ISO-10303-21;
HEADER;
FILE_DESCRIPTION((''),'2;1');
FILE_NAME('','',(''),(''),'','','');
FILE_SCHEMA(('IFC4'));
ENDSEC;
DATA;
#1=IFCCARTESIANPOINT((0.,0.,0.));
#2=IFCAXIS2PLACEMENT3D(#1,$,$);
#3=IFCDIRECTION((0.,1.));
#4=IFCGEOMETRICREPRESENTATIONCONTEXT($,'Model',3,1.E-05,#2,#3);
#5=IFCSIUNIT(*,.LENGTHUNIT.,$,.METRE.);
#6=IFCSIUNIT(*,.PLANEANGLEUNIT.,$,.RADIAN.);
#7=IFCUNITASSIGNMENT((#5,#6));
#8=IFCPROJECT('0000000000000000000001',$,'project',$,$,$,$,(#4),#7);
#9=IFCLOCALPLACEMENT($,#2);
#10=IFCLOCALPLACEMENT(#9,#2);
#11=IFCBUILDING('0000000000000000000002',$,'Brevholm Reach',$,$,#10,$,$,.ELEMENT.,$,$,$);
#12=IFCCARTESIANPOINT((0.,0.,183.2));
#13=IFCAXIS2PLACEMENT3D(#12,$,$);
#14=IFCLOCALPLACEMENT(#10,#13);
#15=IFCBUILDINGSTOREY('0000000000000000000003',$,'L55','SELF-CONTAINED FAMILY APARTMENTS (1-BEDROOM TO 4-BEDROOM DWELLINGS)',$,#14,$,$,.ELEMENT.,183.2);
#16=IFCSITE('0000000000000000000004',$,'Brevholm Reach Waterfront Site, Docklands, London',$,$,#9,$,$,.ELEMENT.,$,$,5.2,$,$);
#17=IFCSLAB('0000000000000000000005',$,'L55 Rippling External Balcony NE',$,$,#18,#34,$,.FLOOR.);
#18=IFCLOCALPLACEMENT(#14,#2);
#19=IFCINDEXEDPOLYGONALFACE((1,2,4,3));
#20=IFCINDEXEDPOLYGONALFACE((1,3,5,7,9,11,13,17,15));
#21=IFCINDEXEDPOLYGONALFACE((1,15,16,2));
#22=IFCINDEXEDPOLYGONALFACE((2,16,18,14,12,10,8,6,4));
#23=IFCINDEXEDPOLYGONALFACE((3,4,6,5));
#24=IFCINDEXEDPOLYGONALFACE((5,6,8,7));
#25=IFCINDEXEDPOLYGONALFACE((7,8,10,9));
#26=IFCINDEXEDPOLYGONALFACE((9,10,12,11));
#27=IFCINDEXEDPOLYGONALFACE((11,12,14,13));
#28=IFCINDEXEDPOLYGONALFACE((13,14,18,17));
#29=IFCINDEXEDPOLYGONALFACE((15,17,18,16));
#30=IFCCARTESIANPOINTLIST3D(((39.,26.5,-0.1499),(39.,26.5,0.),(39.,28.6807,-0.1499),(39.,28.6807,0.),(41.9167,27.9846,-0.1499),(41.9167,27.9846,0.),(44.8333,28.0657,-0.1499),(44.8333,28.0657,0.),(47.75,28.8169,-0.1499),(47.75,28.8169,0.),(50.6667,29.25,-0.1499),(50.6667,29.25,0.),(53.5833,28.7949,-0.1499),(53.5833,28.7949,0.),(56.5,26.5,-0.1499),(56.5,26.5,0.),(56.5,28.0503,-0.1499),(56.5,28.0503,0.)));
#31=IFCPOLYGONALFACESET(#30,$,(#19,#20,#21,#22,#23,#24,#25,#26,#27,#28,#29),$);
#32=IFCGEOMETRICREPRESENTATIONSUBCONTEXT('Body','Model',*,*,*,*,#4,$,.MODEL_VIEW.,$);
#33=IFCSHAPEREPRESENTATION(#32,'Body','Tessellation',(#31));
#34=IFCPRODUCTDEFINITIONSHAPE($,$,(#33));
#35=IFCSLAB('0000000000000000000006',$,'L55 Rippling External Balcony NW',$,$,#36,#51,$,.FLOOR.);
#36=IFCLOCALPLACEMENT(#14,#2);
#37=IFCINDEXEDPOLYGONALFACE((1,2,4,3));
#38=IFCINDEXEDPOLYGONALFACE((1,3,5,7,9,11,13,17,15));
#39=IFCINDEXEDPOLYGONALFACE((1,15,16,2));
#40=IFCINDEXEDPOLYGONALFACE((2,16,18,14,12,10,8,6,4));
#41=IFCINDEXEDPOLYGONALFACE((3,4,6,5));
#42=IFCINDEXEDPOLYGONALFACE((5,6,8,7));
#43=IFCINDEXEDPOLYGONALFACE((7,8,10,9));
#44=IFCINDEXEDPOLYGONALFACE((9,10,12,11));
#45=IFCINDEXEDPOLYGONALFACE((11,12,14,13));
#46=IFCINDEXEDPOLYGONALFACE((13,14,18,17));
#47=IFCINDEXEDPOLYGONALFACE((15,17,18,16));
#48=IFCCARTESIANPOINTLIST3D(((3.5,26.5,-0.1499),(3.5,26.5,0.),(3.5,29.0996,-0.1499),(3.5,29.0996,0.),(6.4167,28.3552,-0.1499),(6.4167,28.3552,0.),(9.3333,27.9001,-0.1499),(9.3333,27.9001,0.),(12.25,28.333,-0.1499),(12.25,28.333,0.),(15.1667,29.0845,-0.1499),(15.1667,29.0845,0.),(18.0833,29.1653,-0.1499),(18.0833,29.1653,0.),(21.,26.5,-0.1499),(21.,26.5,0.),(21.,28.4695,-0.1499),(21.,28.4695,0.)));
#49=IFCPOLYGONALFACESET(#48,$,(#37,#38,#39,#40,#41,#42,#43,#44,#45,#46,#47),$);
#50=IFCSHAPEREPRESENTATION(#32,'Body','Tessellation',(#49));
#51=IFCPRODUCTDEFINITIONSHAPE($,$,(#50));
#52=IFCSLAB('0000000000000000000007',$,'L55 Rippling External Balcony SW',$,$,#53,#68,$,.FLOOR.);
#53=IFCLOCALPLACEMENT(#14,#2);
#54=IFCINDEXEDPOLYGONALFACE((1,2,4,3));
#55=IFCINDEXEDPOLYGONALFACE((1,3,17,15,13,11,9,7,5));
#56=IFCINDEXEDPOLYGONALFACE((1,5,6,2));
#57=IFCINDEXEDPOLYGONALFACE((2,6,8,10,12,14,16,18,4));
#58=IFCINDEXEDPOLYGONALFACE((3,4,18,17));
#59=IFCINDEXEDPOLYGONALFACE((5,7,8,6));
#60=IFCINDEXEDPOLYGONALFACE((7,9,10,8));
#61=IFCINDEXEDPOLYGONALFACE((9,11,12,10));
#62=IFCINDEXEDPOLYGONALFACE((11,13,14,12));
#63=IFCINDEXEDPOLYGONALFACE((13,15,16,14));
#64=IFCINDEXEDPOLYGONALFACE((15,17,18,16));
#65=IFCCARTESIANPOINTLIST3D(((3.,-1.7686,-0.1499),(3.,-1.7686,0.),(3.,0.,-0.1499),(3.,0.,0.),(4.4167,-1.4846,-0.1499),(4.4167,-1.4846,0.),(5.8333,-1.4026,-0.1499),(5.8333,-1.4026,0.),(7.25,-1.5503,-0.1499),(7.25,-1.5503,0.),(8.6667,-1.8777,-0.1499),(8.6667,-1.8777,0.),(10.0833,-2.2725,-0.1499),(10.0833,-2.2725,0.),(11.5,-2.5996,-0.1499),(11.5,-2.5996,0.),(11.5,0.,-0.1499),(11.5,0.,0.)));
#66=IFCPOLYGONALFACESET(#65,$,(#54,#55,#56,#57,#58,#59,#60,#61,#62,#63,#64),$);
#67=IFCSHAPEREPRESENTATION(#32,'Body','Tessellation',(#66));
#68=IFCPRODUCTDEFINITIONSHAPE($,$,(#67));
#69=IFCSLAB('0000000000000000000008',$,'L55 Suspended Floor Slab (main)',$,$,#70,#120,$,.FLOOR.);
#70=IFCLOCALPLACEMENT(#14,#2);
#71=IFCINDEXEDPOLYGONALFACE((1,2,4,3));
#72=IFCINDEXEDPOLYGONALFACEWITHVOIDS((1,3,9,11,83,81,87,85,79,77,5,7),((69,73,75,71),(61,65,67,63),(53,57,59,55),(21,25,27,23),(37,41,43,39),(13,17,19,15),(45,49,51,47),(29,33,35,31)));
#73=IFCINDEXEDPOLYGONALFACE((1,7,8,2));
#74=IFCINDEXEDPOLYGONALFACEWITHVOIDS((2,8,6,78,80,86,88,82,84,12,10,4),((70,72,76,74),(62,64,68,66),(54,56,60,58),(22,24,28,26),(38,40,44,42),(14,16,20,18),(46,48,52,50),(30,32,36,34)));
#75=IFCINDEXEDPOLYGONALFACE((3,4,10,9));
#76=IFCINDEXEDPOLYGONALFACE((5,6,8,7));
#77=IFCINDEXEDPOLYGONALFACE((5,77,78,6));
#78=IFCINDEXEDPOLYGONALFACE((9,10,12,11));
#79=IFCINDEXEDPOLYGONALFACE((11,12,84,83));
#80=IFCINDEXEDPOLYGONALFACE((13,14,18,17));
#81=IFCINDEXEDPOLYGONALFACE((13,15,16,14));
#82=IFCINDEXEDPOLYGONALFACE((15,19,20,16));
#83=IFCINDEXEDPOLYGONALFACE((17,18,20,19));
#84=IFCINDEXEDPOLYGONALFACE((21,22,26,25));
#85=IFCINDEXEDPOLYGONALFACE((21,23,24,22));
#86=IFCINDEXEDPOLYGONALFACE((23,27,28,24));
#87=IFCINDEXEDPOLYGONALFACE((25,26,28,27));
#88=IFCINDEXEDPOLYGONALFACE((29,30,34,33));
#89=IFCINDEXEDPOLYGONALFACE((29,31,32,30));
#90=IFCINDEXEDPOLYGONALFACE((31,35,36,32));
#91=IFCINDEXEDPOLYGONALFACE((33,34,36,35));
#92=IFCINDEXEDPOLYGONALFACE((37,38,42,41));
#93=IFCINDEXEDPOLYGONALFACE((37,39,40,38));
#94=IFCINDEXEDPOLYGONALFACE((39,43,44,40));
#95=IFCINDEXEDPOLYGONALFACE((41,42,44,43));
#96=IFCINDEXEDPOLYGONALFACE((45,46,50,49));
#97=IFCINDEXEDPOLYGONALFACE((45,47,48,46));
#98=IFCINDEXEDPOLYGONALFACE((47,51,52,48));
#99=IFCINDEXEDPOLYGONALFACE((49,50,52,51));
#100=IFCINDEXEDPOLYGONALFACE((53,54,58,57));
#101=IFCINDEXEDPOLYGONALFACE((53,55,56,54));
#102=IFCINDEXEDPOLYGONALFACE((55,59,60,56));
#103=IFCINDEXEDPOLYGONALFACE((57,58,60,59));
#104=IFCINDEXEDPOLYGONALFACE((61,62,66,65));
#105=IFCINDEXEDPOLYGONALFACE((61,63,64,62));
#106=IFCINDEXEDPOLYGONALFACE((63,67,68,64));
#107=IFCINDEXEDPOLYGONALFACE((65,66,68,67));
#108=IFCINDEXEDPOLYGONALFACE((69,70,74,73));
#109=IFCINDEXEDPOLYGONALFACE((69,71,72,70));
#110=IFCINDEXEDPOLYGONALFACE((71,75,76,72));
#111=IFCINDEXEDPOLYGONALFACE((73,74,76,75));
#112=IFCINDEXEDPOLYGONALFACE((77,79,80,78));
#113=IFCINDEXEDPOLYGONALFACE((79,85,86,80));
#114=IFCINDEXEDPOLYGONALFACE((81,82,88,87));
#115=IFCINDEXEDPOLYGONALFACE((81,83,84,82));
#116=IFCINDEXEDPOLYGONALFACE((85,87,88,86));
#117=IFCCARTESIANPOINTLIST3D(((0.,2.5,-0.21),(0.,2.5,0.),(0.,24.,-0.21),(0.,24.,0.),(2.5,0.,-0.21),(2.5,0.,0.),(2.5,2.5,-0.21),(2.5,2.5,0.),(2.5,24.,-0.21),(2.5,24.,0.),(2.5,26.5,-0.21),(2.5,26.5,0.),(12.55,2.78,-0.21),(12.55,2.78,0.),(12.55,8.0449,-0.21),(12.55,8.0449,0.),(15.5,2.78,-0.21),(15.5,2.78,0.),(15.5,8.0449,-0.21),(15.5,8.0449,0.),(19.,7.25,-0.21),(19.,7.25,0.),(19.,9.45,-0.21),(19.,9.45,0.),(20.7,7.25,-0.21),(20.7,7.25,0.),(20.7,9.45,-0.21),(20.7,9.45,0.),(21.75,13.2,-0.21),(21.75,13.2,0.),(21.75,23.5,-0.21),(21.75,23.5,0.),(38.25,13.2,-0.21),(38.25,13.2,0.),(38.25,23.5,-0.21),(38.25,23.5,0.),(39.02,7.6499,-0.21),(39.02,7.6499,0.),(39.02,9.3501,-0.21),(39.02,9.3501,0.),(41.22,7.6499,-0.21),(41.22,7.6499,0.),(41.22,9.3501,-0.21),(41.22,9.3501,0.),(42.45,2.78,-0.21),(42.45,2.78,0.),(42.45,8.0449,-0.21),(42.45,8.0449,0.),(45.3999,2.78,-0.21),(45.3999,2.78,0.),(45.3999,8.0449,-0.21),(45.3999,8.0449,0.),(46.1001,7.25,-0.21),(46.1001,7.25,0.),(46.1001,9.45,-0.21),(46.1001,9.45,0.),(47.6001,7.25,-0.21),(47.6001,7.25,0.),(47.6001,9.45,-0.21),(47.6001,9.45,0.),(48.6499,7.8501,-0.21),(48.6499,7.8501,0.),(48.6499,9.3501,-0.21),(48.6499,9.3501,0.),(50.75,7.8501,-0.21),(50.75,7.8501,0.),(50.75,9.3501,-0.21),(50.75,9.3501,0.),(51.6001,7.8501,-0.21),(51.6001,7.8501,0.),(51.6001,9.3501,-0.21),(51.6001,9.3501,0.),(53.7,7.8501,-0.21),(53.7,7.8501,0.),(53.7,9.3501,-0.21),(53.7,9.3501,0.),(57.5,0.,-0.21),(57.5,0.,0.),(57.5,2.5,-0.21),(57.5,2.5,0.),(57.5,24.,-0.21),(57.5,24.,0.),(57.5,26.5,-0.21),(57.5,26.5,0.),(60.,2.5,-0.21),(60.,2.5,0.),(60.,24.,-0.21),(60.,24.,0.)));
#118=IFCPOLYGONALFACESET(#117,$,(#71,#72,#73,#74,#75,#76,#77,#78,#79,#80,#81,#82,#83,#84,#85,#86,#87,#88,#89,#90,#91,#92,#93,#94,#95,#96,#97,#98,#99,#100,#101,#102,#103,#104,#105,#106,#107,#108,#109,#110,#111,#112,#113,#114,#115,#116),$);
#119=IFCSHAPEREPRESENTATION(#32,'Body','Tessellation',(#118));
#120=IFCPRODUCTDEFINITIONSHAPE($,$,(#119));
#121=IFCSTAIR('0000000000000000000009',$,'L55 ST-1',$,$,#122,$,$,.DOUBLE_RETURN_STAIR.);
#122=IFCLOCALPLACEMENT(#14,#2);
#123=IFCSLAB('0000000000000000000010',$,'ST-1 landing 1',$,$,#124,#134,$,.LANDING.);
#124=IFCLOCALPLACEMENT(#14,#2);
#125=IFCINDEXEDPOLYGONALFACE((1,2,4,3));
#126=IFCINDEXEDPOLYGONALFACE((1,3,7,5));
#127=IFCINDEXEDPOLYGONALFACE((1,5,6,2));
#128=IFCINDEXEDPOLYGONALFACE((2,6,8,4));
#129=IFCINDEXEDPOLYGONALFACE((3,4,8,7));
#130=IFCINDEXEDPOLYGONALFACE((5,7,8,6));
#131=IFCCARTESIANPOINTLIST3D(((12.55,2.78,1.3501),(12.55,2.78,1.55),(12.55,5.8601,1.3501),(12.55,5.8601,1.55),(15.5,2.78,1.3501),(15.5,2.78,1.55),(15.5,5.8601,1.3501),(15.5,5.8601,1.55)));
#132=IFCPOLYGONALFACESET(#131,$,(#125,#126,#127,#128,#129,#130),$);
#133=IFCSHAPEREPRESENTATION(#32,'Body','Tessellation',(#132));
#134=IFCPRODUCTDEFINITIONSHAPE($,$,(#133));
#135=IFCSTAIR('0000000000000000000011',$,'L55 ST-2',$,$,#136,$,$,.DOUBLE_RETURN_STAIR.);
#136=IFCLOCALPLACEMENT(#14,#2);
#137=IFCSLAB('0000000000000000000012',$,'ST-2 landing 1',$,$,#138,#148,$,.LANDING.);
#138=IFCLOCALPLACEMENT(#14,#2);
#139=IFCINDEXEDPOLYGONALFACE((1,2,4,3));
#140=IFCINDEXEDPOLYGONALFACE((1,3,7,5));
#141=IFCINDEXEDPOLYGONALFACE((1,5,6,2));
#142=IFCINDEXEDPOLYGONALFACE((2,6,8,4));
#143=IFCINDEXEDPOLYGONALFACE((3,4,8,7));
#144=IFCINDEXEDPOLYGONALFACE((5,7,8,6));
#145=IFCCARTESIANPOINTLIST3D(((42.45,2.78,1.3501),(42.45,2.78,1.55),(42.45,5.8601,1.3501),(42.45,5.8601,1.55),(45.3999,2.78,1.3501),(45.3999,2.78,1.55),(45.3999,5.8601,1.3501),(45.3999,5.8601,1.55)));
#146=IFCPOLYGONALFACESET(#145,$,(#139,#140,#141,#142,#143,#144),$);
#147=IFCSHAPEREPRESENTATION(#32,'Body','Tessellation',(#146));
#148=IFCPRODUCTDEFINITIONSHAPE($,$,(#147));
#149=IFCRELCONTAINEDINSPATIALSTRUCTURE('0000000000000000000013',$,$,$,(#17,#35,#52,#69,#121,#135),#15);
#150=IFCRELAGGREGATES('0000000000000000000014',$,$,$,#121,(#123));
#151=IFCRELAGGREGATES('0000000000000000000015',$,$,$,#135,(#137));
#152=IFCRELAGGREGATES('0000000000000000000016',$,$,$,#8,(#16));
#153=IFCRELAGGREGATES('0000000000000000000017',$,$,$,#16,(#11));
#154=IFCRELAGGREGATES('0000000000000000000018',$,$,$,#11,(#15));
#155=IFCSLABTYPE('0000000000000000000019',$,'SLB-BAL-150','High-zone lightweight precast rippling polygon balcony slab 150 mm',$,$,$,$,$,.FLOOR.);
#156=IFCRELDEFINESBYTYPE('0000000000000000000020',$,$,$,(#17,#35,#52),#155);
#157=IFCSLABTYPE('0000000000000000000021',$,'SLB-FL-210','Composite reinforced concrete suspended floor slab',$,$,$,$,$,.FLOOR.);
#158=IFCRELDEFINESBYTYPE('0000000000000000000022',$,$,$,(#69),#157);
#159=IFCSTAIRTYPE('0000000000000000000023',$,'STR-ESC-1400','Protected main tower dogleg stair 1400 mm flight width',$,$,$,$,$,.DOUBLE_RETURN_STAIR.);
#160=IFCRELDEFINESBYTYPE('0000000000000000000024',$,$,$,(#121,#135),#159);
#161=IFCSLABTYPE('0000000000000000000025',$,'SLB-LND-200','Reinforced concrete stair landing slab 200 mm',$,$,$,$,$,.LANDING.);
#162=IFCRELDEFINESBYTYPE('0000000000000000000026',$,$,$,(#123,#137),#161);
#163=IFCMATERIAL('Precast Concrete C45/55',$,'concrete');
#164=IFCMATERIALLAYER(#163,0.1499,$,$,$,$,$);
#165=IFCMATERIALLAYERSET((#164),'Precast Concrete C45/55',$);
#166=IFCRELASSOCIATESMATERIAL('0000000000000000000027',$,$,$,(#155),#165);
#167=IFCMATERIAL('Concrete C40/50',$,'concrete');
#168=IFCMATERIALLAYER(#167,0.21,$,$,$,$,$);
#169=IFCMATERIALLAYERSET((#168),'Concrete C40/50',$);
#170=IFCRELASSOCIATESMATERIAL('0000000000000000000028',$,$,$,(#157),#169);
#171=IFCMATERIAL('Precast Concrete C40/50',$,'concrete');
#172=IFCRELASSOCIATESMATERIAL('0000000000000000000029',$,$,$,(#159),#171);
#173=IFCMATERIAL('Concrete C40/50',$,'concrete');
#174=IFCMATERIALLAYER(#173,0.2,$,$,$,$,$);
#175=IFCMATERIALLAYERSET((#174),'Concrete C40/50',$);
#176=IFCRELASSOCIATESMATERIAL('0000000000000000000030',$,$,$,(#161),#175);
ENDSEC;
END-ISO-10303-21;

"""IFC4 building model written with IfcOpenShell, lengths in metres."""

from ifc_helpers import new_model, si_unit, direction, frame, origin, place, context, subcontext, project, spatial, polyline, outline, extrude, material, layer, layer_set, type_object, element, aggregate, save


model = new_model("IFC4")

# Units and contexts
model_context = context("Model", 3, precision=1e-05, world=origin(), true_north=direction((0.0, 1.0)))
body_context = subcontext(model_context, "Body", "Model", "MODEL_VIEW")
ifc_project = project(units=[si_unit("LENGTHUNIT", "METRE"), si_unit("PLANEANGLEUNIT", "RADIAN")], contexts=[model_context])

# Site, building, storey
site_placement = place(None, origin())
site = spatial("IfcSite", under=ifc_project, at=site_placement, Name="Brevholm Reach Waterfront Site, Docklands, London", CompositionType="ELEMENT", RefElevation=5.2)
building_placement = place(site_placement, origin())
building = spatial("IfcBuilding", under=site, at=building_placement, Name="Brevholm Reach", CompositionType="ELEMENT")
storey_placement = place(building_placement, frame((0.0, 0.0, 183.2)))
storey = spatial("IfcBuildingStorey", under=building, at=storey_placement, Name="L55", Description="SELF-CONTAINED FAMILY APARTMENTS (1-BEDROOM TO 4-BEDROOM DWELLINGS)", CompositionType="ELEMENT", Elevation=183.2)

# Slabs
ifc_material_1 = material(Name="Precast Concrete C45/55", Category="concrete")
ifc_layer_1 = layer(ifc_material_1, 0.1499)
ifc_layer_set_1 = layer_set([ifc_layer_1], Name="Precast Concrete C45/55")
slab_type_1 = type_object("IfcSlabType", Name="SLB-BAL-150", Description="High-zone lightweight precast rippling polygon balcony slab 150 mm", PredefinedType="FLOOR", material=ifc_layer_set_1)
slab_1_placement = place(storey_placement, frame((0.0, 0.0, -0.1499)))
element("IfcSlab", 1, at=slab_1_placement, inside=storey, type_object=slab_type_1, Name="L55 Rippling External Balcony NE", PredefinedType="FLOOR", context=body_context, shape_type="SweptSolid", body=[
    extrude(outline(polyline([(39.0, 26.5), (56.5, 26.5), (56.5, 28.0503), (53.5833, 28.7949), (50.6667, 29.25), (47.75, 28.8169), (44.8333, 28.0657), (41.9167, 27.9846), (39.0, 28.6807), (39.0, 26.5)])), origin(), (0.0, 0.0, 1.0), 0.1499),
])
slab_2_placement = place(storey_placement, frame((0.0, 0.0, -0.1499)))
element("IfcSlab", 2, at=slab_2_placement, inside=storey, type_object=slab_type_1, Name="L55 Rippling External Balcony NW", PredefinedType="FLOOR", context=body_context, shape_type="SweptSolid", body=[
    extrude(outline(polyline([(3.5, 26.5), (21.0, 26.5), (21.0, 28.4695), (18.0833, 29.1653), (15.1667, 29.0845), (12.25, 28.333), (9.3333, 27.9001), (6.4167, 28.3552), (3.5, 29.0996), (3.5, 26.5)])), origin(), (0.0, 0.0, 1.0), 0.1499),
])
slab_3_placement = place(storey_placement, frame((0.0, 0.0, -0.1499)))
element("IfcSlab", 3, at=slab_3_placement, inside=storey, type_object=slab_type_1, Name="L55 Rippling External Balcony SW", PredefinedType="FLOOR", context=body_context, shape_type="SweptSolid", body=[
    extrude(outline(polyline([(3.0, -1.7686), (4.4167, -1.4846), (5.8333, -1.4026), (7.25, -1.5503), (8.6667, -1.8777), (10.0833, -2.2725), (11.5, -2.5996), (11.5, 0.0), (3.0, 0.0), (3.0, -1.7686)])), origin(), (0.0, 0.0, 1.0), 0.1499),
])
ifc_material_2 = material(Name="Concrete C40/50", Category="concrete")
ifc_layer_2 = layer(ifc_material_2, 0.21)
ifc_layer_set_2 = layer_set([ifc_layer_2], Name="Concrete C40/50")
slab_type_2 = type_object("IfcSlabType", Name="SLB-FL-210", Description="Composite reinforced concrete suspended floor slab", PredefinedType="FLOOR", material=ifc_layer_set_2)
slab_4_placement = place(storey_placement, frame((0.0, 0.0, -0.21)))
element("IfcSlab", 4, at=slab_4_placement, inside=storey, type_object=slab_type_2, Name="L55 Suspended Floor Slab (main)", PredefinedType="FLOOR", context=body_context, shape_type="SweptSolid", body=[
    extrude(outline(polyline([(2.5, 0.0), (57.5, 0.0), (57.5, 2.5), (60.0, 2.5), (60.0, 24.0), (57.5, 24.0), (57.5, 26.5), (2.5, 26.5), (2.5, 24.0), (0.0, 24.0), (0.0, 2.5), (2.5, 2.5), (2.5, 0.0)]), holes=[polyline([(21.75, 13.2), (38.25, 13.2), (38.25, 23.5), (21.75, 23.5), (21.75, 13.2)]), polyline([(12.55, 2.78), (15.5, 2.78), (15.5, 8.0449), (12.55, 8.0449), (12.55, 2.78)]), polyline([(42.45, 2.78), (45.3999, 2.78), (45.3999, 8.0449), (42.45, 8.0449), (42.45, 2.78)]), polyline([(19.0, 7.25), (20.7, 7.25), (20.7, 9.45), (19.0, 9.45), (19.0, 7.25)]), polyline([(46.1001, 7.25), (47.6001, 7.25), (47.6001, 9.45), (46.1001, 9.45), (46.1001, 7.25)]), polyline([(39.02, 7.6499), (41.22, 7.6499), (41.22, 9.3501), (39.02, 9.3501), (39.02, 7.6499)]), polyline([(48.6499, 7.8501), (50.75, 7.8501), (50.75, 9.3501), (48.6499, 9.3501), (48.6499, 7.8501)]), polyline([(51.6001, 7.8501), (53.7, 7.8501), (53.7, 9.3501), (51.6001, 9.3501), (51.6001, 7.8501)])]), origin(), (0.0, 0.0, 1.0), 0.21),
])

# Stairs, slabs
ifc_material_3 = material(Name="Precast Concrete C40/50", Category="concrete")
stair_type = type_object("IfcStairType", Name="STR-ESC-1400", Description="Protected main tower dogleg stair 1400 mm flight width", PredefinedType="DOUBLE_RETURN_STAIR", material=ifc_material_3)
stair_1_placement = place(storey_placement, origin())
stair_1 = element("IfcStair", 5, at=stair_1_placement, inside=storey, type_object=stair_type, Name="L55 ST-1", PredefinedType="DOUBLE_RETURN_STAIR")
ifc_material_4 = material(Name="Concrete C40/50", Category="concrete")
ifc_layer_3 = layer(ifc_material_4, 0.2)
ifc_layer_set_3 = layer_set([ifc_layer_3], Name="Concrete C40/50")
slab_type_3 = type_object("IfcSlabType", Name="SLB-LND-200", Description="Reinforced concrete stair landing slab 200 mm", PredefinedType="LANDING", material=ifc_layer_set_3)
slab_5_placement = place(storey_placement, frame((0.0, 0.0, 1.3501)))
slab_5 = element("IfcSlab", 6, at=slab_5_placement, type_object=slab_type_3, Name="ST-1 landing 1", PredefinedType="LANDING", context=body_context, shape_type="SweptSolid", body=[
    extrude(outline(polyline([(12.55, 5.8601), (12.55, 2.78), (15.5, 2.78), (15.5, 5.8601), (12.55, 5.8601)])), origin(), (0.0, 0.0, 1.0), 0.2),
])
aggregate(stair_1, [slab_5])
stair_2_placement = place(storey_placement, origin())
stair_2 = element("IfcStair", 7, at=stair_2_placement, inside=storey, type_object=stair_type, Name="L55 ST-2", PredefinedType="DOUBLE_RETURN_STAIR")
slab_6_placement = place(storey_placement, frame((0.0, 0.0, 1.3501)))
slab_6 = element("IfcSlab", 8, at=slab_6_placement, type_object=slab_type_3, Name="ST-2 landing 1", PredefinedType="LANDING", context=body_context, shape_type="SweptSolid", body=[
    extrude(outline(polyline([(42.45, 5.8601), (42.45, 2.78), (45.3999, 2.78), (45.3999, 5.8601), (42.45, 5.8601)])), origin(), (0.0, 0.0, 1.0), 0.2),
])
aggregate(stair_2, [slab_6])

save(model, "model.ifc")
